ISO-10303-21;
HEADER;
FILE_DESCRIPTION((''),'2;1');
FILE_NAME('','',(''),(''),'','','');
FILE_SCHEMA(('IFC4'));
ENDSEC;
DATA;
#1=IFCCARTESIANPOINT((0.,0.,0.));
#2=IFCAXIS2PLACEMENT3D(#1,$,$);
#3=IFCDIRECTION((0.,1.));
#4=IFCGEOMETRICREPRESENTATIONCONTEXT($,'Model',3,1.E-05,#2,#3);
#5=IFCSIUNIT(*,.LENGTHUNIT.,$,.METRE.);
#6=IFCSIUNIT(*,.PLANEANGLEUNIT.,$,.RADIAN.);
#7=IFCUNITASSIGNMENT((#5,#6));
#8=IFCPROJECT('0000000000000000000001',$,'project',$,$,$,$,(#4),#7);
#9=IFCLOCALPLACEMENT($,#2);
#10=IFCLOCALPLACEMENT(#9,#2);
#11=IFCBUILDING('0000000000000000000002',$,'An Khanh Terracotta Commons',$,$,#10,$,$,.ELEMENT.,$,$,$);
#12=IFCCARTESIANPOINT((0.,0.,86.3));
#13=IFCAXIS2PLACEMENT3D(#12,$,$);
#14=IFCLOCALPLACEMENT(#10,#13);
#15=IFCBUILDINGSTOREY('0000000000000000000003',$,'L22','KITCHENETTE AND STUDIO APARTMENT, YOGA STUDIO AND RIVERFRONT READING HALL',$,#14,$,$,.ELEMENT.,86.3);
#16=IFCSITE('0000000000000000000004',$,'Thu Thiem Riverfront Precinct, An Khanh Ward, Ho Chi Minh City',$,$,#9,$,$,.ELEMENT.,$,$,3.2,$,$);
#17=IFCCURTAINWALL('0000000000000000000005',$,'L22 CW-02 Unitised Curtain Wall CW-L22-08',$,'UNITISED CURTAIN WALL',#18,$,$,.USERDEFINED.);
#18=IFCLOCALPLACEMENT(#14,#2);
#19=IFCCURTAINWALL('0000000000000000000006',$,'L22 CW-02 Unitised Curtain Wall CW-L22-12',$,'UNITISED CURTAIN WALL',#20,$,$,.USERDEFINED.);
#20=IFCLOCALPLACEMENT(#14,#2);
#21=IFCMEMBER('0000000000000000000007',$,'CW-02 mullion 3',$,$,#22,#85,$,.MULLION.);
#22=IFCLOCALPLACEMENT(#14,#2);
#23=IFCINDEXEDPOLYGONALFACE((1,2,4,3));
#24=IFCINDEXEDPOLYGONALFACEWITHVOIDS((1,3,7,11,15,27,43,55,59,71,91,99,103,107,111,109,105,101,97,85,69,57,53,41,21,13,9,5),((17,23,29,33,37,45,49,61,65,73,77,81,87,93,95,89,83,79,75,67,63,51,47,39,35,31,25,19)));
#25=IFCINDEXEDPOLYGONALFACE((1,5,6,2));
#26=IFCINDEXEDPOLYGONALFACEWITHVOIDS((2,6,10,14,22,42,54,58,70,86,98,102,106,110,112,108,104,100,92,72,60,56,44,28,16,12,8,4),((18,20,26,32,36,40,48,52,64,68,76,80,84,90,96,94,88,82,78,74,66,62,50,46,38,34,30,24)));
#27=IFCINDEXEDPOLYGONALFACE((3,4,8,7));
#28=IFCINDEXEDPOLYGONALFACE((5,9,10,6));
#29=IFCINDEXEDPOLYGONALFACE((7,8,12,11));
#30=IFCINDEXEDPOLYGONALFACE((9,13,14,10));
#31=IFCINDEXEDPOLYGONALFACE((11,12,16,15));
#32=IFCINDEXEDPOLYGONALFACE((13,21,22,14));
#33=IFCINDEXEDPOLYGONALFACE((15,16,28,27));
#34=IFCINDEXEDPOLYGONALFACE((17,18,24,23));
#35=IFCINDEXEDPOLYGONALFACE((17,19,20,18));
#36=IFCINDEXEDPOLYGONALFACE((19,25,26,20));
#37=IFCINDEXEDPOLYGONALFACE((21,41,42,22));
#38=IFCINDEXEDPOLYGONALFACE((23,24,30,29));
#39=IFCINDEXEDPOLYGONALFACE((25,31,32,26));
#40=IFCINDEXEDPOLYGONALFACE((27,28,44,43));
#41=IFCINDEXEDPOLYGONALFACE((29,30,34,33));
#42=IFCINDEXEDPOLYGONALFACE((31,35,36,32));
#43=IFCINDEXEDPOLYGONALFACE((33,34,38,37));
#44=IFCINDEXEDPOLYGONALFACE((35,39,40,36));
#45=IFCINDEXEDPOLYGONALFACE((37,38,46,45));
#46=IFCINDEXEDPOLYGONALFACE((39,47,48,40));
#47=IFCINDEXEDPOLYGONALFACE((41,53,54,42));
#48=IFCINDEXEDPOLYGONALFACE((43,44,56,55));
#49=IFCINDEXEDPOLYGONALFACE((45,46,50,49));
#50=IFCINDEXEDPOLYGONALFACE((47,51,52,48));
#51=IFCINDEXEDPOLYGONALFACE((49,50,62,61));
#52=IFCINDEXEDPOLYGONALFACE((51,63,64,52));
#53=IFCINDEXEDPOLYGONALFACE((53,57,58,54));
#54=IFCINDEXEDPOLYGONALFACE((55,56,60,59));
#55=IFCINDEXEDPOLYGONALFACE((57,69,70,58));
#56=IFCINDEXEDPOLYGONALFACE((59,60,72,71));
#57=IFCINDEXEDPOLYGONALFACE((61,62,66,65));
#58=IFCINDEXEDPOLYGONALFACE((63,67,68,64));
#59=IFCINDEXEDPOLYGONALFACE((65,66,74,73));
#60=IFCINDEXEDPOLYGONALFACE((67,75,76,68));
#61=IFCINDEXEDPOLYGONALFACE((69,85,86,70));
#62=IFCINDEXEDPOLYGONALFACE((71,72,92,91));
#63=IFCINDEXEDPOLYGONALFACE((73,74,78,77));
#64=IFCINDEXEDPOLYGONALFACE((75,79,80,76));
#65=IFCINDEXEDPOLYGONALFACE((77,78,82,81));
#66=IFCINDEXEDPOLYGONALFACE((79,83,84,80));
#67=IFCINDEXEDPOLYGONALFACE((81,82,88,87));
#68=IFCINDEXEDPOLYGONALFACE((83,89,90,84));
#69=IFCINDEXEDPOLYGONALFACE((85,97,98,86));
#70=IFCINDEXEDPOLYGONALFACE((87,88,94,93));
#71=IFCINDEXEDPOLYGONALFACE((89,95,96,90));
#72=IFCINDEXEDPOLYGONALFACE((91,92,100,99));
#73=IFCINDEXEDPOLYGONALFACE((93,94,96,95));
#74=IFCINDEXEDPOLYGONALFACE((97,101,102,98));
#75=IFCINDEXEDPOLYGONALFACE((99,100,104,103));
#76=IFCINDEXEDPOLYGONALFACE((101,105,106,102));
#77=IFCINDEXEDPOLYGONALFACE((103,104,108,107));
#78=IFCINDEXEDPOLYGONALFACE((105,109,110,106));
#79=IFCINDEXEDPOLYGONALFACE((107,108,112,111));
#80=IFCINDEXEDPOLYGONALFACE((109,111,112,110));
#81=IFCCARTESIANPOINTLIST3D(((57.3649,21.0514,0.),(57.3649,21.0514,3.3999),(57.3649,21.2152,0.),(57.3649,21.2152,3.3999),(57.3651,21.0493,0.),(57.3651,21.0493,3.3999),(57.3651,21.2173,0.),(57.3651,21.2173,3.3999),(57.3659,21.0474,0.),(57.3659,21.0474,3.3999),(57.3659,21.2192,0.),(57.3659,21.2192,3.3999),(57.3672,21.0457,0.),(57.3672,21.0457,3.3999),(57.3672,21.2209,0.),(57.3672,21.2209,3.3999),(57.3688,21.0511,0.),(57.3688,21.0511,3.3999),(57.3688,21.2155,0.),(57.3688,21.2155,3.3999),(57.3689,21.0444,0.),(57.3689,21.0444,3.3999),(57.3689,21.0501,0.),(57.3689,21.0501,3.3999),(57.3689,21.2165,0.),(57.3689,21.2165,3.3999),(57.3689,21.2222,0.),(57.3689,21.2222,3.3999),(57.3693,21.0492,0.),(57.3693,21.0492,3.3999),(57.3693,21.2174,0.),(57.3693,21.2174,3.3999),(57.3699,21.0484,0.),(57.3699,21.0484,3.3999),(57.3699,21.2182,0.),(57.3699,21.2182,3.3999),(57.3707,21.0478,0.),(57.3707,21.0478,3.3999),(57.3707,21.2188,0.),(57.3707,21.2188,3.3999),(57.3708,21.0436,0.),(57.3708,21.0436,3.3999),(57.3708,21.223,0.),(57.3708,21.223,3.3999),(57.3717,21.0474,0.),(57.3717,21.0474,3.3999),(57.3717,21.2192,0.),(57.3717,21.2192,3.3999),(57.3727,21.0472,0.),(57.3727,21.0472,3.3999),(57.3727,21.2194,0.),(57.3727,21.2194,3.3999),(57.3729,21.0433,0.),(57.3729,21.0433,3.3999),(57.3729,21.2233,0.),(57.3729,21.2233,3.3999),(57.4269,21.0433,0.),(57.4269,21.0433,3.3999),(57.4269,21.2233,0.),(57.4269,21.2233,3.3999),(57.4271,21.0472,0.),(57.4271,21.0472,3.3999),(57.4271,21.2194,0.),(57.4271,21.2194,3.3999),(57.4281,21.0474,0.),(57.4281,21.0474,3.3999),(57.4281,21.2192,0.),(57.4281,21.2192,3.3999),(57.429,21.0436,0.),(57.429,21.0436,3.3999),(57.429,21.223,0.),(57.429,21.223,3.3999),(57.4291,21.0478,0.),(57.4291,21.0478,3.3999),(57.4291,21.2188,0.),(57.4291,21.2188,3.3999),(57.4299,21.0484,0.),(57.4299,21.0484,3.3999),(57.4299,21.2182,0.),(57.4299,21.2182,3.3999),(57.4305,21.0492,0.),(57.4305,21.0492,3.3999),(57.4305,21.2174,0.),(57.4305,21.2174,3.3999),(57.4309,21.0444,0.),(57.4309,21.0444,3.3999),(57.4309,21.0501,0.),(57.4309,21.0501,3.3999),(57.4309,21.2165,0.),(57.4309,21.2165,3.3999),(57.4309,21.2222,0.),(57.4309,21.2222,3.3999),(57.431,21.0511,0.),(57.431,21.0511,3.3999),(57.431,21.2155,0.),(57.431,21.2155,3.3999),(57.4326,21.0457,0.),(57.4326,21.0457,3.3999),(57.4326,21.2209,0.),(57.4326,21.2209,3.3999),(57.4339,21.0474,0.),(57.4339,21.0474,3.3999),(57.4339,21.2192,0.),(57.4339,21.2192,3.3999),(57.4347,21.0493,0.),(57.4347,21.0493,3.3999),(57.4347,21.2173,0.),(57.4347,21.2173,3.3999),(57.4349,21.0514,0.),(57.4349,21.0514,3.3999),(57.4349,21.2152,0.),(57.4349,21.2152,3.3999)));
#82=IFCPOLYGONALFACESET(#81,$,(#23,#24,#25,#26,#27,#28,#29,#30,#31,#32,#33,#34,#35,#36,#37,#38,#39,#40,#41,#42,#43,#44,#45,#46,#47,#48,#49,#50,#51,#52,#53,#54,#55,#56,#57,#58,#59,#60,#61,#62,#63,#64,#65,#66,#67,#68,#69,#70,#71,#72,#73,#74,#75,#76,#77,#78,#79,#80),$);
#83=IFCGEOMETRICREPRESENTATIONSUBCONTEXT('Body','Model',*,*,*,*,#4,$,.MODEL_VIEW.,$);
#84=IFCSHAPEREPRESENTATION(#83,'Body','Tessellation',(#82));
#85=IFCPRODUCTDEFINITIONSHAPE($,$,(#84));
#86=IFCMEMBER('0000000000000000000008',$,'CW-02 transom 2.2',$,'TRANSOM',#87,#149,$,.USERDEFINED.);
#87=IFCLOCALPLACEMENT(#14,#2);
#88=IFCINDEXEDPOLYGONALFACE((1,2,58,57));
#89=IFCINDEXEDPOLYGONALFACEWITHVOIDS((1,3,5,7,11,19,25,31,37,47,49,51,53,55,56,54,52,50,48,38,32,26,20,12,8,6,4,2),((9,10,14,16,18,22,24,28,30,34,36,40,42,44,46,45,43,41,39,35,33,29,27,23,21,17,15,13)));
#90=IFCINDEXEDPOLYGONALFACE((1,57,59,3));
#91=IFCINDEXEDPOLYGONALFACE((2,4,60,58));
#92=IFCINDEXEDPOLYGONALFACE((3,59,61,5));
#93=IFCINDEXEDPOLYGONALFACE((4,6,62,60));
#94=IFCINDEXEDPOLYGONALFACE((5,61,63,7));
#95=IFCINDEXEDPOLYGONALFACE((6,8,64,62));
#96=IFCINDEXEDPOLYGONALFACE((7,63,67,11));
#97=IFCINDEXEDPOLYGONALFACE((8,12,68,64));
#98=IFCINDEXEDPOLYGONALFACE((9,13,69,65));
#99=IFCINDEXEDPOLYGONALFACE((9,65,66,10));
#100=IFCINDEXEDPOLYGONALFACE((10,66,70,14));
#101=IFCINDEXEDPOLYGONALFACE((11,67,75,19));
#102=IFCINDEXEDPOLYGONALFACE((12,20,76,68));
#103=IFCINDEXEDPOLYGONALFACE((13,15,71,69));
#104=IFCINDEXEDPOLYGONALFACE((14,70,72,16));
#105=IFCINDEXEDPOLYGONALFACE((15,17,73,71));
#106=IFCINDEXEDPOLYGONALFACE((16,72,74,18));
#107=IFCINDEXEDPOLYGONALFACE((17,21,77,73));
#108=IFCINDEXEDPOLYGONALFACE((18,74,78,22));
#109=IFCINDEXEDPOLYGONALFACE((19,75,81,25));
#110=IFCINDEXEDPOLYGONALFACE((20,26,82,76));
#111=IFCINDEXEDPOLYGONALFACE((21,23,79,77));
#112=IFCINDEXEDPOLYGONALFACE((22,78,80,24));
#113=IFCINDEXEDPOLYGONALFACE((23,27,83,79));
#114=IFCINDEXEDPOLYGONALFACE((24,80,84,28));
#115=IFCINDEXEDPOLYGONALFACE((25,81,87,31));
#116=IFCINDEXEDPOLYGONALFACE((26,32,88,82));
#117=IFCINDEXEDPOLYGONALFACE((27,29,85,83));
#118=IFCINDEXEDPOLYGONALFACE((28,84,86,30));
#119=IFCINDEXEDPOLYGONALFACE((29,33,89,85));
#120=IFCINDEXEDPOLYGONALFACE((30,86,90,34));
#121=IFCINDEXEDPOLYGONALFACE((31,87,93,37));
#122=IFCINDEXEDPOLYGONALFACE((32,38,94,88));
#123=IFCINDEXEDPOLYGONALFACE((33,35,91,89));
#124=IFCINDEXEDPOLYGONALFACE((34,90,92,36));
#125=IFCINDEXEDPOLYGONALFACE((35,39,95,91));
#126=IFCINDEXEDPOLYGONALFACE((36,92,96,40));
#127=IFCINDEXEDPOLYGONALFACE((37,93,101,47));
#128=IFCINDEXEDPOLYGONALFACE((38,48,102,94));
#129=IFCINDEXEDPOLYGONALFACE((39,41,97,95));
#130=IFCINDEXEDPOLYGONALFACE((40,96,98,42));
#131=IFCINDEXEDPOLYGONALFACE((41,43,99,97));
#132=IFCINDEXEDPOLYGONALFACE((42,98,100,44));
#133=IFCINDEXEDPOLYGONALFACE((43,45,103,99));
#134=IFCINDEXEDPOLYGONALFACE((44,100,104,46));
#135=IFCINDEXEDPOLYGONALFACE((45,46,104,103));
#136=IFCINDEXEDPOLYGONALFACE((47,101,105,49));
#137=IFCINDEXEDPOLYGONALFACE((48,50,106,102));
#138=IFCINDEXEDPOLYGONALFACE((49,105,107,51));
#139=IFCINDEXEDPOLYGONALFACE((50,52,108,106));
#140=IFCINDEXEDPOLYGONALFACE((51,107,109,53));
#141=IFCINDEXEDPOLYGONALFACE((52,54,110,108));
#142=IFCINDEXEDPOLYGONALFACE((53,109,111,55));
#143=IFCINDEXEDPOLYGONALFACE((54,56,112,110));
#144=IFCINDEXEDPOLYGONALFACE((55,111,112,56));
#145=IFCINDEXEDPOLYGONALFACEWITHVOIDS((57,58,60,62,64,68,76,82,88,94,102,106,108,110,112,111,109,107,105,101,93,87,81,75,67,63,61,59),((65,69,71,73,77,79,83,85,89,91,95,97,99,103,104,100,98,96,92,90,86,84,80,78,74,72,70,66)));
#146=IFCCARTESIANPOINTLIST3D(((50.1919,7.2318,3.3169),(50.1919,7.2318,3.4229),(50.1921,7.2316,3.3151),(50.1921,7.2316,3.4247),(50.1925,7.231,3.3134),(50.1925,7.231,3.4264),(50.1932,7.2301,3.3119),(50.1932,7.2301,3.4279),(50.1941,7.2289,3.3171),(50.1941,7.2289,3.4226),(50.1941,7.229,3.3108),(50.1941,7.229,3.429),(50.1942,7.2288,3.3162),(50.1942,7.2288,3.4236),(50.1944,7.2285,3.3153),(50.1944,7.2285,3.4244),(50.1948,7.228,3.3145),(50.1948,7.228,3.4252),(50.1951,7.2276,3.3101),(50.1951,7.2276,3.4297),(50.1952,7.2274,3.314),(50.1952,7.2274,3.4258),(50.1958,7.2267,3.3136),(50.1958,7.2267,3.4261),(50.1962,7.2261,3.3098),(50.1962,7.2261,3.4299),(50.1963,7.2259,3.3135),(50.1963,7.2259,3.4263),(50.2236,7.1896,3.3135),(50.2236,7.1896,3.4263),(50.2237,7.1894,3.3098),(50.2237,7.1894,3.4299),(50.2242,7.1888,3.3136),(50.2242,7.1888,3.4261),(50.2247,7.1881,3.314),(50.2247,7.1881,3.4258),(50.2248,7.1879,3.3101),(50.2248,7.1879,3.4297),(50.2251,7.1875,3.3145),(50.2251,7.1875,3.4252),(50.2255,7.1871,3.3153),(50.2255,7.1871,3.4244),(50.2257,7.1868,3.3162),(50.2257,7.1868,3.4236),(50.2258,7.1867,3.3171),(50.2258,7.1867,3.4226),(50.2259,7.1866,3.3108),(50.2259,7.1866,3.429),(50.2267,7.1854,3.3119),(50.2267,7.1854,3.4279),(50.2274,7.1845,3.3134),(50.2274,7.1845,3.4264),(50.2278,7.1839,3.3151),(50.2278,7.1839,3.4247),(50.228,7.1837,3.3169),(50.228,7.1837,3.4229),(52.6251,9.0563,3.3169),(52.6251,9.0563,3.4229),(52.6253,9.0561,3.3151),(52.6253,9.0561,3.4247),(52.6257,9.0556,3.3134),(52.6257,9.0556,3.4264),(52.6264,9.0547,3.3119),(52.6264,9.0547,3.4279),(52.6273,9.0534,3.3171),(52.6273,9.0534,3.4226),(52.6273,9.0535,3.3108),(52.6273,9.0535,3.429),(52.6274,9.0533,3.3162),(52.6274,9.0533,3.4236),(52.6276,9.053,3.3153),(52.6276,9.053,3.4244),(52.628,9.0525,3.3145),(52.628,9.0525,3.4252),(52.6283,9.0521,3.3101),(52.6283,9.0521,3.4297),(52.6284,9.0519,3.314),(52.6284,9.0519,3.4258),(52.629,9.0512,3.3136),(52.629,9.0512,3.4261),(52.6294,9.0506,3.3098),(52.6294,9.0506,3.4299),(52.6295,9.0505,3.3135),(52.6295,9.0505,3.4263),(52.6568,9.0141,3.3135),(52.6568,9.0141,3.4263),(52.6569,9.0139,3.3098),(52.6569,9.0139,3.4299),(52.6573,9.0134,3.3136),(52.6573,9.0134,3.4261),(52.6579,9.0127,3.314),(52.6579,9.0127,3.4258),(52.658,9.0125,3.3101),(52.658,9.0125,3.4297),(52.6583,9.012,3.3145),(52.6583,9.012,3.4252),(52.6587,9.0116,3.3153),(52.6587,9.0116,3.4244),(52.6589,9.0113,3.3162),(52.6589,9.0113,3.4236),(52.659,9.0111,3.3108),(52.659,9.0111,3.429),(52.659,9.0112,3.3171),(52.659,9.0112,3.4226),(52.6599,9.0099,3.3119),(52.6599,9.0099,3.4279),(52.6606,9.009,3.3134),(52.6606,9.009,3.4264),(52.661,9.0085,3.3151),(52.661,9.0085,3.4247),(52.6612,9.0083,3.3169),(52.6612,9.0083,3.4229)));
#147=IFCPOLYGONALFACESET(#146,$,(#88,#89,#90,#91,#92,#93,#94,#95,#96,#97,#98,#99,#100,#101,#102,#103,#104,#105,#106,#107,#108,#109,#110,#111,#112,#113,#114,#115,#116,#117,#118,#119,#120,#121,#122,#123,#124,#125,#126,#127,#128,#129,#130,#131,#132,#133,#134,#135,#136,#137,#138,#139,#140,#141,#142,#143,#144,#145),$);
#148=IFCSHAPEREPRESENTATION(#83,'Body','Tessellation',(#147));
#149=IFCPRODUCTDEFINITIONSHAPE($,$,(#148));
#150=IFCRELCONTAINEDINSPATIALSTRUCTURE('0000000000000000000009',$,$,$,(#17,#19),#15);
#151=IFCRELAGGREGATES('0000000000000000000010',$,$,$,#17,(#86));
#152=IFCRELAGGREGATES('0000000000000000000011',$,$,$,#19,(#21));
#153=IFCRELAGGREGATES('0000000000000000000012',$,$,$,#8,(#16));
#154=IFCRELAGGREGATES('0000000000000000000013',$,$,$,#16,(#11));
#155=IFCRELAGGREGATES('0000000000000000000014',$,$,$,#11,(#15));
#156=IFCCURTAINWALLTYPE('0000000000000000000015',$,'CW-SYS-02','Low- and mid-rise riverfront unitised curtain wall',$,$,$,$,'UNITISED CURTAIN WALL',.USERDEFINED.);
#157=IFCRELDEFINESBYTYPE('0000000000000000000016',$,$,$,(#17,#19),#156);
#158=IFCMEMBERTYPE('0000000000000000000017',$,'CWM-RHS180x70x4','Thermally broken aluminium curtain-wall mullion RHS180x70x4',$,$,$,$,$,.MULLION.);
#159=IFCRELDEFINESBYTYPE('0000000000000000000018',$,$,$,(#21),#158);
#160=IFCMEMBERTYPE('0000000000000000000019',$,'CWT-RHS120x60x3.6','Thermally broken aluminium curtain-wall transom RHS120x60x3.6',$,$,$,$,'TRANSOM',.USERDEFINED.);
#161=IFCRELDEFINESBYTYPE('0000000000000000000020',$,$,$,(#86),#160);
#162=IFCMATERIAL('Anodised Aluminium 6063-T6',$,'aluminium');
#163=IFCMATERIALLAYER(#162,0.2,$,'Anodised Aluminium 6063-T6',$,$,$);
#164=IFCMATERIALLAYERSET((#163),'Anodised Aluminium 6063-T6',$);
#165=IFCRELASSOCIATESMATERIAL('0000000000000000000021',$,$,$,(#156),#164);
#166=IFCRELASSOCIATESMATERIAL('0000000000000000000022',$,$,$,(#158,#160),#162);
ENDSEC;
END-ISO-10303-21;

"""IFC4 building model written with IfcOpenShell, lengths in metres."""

from ifc_helpers import new_model, si_unit, direction, frame, origin, origin_2d, place, context, subcontext, project, spatial, hollow_rectangle, extrude, material, layer, layer_set, material_profile, profile_set, type_object, element, aggregate, save


model = new_model("IFC4")

# Units and contexts
model_context = context("Model", 3, precision=1e-05, world=origin(), true_north=direction((0.0, 1.0)))
body_context = subcontext(model_context, "Body", "Model", "MODEL_VIEW")
ifc_project = project(units=[si_unit("LENGTHUNIT", "METRE"), si_unit("PLANEANGLEUNIT", "RADIAN")], contexts=[model_context])

# Site, building, storey
site_placement = place(None, origin())
site = spatial("IfcSite", under=ifc_project, at=site_placement, Name="Thu Thiem Riverfront Precinct, An Khanh Ward, Ho Chi Minh City", CompositionType="ELEMENT", RefElevation=3.2)
building_placement = place(site_placement, origin())
building = spatial("IfcBuilding", under=site, at=building_placement, Name="An Khanh Terracotta Commons", CompositionType="ELEMENT")
storey_placement = place(building_placement, frame((0.0, 0.0, 86.3)))
storey = spatial("IfcBuildingStorey", under=building, at=storey_placement, Name="L22", Description="KITCHENETTE AND STUDIO APARTMENT, YOGA STUDIO AND RIVERFRONT READING HALL", CompositionType="ELEMENT", Elevation=86.3)

# Curtain walls, member
ifc_material_1 = material(Name="Anodised Aluminium 6063-T6", Category="aluminium")
ifc_layer_1 = layer(ifc_material_1, 0.2, Name="Anodised Aluminium 6063-T6")
ifc_layer_set_1 = layer_set([ifc_layer_1], Name="Anodised Aluminium 6063-T6")
curtain_wall_type = type_object("IfcCurtainWallType", Name="CW-SYS-02", Description="Low- and mid-rise riverfront unitised curtain wall", ElementType="UNITISED CURTAIN WALL", PredefinedType="USERDEFINED", material=ifc_layer_set_1)
curtain_wall_1_placement = place(storey_placement, origin())
curtain_wall_1 = element("IfcCurtainWall", 1, at=curtain_wall_1_placement, inside=storey, type_object=curtain_wall_type, Name="L22 CW-02 Unitised Curtain Wall CW-L22-08", ObjectType="UNITISED CURTAIN WALL", PredefinedType="USERDEFINED")
ifc_material_profile_1 = material_profile(ifc_material_1, hollow_rectangle(XDim=0.0701, YDim=0.1799, WallThickness=0.0039, InnerFilletRadius=0.0039, OuterFilletRadius=0.0081, at=origin_2d()), Name="RHS180x70x4")
ifc_profile_set_1 = profile_set([ifc_material_profile_1], Name="Anodised Aluminium 6063-T6")
member_type_1 = type_object("IfcMemberType", Name="CWM-RHS180x70x4", Description="Thermally broken aluminium curtain-wall mullion RHS180x70x4", PredefinedType="MULLION", material=ifc_profile_set_1)
curtain_wall_2_placement = place(storey_placement, origin())
curtain_wall_2 = element("IfcCurtainWall", 2, at=curtain_wall_2_placement, inside=storey, type_object=curtain_wall_type, Name="L22 CW-02 Unitised Curtain Wall CW-L22-12", ObjectType="UNITISED CURTAIN WALL", PredefinedType="USERDEFINED")
member_1_placement = place(storey_placement, frame((57.3999, 21.1333, 0.0), z_axis=(0.0, 0.0, 1.0), x_axis=(-1.0, 0.0, 0.0)))
member_1 = element("IfcMember", 3, at=member_1_placement, type_object=member_type_1, Name="CW-02 mullion 3", PredefinedType="MULLION", context=body_context, shape_type="SweptSolid", body=[
    extrude(hollow_rectangle(XDim=0.0701, YDim=0.1799, WallThickness=0.0039, InnerFilletRadius=0.0039, OuterFilletRadius=0.0081, at=origin_2d()), origin(), (0.0, 0.0, 1.0), 3.3999),
])

# Member
ifc_material_profile_2 = material_profile(ifc_material_1, hollow_rectangle(XDim=0.0601, YDim=0.1201, WallThickness=0.0037, InnerFilletRadius=0.0037, OuterFilletRadius=0.0071, at=origin_2d()), Name="RHS120x60x3.6")
ifc_profile_set_2 = profile_set([ifc_material_profile_2], Name="Anodised Aluminium 6063-T6")
member_type_2 = type_object("IfcMemberType", Name="CWT-RHS120x60x3.6", Description="Thermally broken aluminium curtain-wall transom RHS120x60x3.6", ElementType="TRANSOM", PredefinedType="USERDEFINED", material=ifc_profile_set_2)
member_2_placement = place(storey_placement, frame((50.21, 7.2078, 3.3699), z_axis=(0.800058, 0.599923, 0.0), x_axis=(-0.599923, 0.800058, 0.0)))
member_2 = element("IfcMember", 4, at=member_2_placement, type_object=member_type_2, Name="CW-02 transom 2.2", ObjectType="TRANSOM", PredefinedType="USERDEFINED", context=body_context, shape_type="SweptSolid", body=[
    extrude(hollow_rectangle(XDim=0.0601, YDim=0.1201, WallThickness=0.0037, InnerFilletRadius=0.0037, OuterFilletRadius=0.0071, at=origin_2d()), origin(), (0.0, 0.0, 1.0), 3.0413),
])

aggregate(curtain_wall_1, [member_2])
aggregate(curtain_wall_2, [member_1])

save(model, "model.ifc")
